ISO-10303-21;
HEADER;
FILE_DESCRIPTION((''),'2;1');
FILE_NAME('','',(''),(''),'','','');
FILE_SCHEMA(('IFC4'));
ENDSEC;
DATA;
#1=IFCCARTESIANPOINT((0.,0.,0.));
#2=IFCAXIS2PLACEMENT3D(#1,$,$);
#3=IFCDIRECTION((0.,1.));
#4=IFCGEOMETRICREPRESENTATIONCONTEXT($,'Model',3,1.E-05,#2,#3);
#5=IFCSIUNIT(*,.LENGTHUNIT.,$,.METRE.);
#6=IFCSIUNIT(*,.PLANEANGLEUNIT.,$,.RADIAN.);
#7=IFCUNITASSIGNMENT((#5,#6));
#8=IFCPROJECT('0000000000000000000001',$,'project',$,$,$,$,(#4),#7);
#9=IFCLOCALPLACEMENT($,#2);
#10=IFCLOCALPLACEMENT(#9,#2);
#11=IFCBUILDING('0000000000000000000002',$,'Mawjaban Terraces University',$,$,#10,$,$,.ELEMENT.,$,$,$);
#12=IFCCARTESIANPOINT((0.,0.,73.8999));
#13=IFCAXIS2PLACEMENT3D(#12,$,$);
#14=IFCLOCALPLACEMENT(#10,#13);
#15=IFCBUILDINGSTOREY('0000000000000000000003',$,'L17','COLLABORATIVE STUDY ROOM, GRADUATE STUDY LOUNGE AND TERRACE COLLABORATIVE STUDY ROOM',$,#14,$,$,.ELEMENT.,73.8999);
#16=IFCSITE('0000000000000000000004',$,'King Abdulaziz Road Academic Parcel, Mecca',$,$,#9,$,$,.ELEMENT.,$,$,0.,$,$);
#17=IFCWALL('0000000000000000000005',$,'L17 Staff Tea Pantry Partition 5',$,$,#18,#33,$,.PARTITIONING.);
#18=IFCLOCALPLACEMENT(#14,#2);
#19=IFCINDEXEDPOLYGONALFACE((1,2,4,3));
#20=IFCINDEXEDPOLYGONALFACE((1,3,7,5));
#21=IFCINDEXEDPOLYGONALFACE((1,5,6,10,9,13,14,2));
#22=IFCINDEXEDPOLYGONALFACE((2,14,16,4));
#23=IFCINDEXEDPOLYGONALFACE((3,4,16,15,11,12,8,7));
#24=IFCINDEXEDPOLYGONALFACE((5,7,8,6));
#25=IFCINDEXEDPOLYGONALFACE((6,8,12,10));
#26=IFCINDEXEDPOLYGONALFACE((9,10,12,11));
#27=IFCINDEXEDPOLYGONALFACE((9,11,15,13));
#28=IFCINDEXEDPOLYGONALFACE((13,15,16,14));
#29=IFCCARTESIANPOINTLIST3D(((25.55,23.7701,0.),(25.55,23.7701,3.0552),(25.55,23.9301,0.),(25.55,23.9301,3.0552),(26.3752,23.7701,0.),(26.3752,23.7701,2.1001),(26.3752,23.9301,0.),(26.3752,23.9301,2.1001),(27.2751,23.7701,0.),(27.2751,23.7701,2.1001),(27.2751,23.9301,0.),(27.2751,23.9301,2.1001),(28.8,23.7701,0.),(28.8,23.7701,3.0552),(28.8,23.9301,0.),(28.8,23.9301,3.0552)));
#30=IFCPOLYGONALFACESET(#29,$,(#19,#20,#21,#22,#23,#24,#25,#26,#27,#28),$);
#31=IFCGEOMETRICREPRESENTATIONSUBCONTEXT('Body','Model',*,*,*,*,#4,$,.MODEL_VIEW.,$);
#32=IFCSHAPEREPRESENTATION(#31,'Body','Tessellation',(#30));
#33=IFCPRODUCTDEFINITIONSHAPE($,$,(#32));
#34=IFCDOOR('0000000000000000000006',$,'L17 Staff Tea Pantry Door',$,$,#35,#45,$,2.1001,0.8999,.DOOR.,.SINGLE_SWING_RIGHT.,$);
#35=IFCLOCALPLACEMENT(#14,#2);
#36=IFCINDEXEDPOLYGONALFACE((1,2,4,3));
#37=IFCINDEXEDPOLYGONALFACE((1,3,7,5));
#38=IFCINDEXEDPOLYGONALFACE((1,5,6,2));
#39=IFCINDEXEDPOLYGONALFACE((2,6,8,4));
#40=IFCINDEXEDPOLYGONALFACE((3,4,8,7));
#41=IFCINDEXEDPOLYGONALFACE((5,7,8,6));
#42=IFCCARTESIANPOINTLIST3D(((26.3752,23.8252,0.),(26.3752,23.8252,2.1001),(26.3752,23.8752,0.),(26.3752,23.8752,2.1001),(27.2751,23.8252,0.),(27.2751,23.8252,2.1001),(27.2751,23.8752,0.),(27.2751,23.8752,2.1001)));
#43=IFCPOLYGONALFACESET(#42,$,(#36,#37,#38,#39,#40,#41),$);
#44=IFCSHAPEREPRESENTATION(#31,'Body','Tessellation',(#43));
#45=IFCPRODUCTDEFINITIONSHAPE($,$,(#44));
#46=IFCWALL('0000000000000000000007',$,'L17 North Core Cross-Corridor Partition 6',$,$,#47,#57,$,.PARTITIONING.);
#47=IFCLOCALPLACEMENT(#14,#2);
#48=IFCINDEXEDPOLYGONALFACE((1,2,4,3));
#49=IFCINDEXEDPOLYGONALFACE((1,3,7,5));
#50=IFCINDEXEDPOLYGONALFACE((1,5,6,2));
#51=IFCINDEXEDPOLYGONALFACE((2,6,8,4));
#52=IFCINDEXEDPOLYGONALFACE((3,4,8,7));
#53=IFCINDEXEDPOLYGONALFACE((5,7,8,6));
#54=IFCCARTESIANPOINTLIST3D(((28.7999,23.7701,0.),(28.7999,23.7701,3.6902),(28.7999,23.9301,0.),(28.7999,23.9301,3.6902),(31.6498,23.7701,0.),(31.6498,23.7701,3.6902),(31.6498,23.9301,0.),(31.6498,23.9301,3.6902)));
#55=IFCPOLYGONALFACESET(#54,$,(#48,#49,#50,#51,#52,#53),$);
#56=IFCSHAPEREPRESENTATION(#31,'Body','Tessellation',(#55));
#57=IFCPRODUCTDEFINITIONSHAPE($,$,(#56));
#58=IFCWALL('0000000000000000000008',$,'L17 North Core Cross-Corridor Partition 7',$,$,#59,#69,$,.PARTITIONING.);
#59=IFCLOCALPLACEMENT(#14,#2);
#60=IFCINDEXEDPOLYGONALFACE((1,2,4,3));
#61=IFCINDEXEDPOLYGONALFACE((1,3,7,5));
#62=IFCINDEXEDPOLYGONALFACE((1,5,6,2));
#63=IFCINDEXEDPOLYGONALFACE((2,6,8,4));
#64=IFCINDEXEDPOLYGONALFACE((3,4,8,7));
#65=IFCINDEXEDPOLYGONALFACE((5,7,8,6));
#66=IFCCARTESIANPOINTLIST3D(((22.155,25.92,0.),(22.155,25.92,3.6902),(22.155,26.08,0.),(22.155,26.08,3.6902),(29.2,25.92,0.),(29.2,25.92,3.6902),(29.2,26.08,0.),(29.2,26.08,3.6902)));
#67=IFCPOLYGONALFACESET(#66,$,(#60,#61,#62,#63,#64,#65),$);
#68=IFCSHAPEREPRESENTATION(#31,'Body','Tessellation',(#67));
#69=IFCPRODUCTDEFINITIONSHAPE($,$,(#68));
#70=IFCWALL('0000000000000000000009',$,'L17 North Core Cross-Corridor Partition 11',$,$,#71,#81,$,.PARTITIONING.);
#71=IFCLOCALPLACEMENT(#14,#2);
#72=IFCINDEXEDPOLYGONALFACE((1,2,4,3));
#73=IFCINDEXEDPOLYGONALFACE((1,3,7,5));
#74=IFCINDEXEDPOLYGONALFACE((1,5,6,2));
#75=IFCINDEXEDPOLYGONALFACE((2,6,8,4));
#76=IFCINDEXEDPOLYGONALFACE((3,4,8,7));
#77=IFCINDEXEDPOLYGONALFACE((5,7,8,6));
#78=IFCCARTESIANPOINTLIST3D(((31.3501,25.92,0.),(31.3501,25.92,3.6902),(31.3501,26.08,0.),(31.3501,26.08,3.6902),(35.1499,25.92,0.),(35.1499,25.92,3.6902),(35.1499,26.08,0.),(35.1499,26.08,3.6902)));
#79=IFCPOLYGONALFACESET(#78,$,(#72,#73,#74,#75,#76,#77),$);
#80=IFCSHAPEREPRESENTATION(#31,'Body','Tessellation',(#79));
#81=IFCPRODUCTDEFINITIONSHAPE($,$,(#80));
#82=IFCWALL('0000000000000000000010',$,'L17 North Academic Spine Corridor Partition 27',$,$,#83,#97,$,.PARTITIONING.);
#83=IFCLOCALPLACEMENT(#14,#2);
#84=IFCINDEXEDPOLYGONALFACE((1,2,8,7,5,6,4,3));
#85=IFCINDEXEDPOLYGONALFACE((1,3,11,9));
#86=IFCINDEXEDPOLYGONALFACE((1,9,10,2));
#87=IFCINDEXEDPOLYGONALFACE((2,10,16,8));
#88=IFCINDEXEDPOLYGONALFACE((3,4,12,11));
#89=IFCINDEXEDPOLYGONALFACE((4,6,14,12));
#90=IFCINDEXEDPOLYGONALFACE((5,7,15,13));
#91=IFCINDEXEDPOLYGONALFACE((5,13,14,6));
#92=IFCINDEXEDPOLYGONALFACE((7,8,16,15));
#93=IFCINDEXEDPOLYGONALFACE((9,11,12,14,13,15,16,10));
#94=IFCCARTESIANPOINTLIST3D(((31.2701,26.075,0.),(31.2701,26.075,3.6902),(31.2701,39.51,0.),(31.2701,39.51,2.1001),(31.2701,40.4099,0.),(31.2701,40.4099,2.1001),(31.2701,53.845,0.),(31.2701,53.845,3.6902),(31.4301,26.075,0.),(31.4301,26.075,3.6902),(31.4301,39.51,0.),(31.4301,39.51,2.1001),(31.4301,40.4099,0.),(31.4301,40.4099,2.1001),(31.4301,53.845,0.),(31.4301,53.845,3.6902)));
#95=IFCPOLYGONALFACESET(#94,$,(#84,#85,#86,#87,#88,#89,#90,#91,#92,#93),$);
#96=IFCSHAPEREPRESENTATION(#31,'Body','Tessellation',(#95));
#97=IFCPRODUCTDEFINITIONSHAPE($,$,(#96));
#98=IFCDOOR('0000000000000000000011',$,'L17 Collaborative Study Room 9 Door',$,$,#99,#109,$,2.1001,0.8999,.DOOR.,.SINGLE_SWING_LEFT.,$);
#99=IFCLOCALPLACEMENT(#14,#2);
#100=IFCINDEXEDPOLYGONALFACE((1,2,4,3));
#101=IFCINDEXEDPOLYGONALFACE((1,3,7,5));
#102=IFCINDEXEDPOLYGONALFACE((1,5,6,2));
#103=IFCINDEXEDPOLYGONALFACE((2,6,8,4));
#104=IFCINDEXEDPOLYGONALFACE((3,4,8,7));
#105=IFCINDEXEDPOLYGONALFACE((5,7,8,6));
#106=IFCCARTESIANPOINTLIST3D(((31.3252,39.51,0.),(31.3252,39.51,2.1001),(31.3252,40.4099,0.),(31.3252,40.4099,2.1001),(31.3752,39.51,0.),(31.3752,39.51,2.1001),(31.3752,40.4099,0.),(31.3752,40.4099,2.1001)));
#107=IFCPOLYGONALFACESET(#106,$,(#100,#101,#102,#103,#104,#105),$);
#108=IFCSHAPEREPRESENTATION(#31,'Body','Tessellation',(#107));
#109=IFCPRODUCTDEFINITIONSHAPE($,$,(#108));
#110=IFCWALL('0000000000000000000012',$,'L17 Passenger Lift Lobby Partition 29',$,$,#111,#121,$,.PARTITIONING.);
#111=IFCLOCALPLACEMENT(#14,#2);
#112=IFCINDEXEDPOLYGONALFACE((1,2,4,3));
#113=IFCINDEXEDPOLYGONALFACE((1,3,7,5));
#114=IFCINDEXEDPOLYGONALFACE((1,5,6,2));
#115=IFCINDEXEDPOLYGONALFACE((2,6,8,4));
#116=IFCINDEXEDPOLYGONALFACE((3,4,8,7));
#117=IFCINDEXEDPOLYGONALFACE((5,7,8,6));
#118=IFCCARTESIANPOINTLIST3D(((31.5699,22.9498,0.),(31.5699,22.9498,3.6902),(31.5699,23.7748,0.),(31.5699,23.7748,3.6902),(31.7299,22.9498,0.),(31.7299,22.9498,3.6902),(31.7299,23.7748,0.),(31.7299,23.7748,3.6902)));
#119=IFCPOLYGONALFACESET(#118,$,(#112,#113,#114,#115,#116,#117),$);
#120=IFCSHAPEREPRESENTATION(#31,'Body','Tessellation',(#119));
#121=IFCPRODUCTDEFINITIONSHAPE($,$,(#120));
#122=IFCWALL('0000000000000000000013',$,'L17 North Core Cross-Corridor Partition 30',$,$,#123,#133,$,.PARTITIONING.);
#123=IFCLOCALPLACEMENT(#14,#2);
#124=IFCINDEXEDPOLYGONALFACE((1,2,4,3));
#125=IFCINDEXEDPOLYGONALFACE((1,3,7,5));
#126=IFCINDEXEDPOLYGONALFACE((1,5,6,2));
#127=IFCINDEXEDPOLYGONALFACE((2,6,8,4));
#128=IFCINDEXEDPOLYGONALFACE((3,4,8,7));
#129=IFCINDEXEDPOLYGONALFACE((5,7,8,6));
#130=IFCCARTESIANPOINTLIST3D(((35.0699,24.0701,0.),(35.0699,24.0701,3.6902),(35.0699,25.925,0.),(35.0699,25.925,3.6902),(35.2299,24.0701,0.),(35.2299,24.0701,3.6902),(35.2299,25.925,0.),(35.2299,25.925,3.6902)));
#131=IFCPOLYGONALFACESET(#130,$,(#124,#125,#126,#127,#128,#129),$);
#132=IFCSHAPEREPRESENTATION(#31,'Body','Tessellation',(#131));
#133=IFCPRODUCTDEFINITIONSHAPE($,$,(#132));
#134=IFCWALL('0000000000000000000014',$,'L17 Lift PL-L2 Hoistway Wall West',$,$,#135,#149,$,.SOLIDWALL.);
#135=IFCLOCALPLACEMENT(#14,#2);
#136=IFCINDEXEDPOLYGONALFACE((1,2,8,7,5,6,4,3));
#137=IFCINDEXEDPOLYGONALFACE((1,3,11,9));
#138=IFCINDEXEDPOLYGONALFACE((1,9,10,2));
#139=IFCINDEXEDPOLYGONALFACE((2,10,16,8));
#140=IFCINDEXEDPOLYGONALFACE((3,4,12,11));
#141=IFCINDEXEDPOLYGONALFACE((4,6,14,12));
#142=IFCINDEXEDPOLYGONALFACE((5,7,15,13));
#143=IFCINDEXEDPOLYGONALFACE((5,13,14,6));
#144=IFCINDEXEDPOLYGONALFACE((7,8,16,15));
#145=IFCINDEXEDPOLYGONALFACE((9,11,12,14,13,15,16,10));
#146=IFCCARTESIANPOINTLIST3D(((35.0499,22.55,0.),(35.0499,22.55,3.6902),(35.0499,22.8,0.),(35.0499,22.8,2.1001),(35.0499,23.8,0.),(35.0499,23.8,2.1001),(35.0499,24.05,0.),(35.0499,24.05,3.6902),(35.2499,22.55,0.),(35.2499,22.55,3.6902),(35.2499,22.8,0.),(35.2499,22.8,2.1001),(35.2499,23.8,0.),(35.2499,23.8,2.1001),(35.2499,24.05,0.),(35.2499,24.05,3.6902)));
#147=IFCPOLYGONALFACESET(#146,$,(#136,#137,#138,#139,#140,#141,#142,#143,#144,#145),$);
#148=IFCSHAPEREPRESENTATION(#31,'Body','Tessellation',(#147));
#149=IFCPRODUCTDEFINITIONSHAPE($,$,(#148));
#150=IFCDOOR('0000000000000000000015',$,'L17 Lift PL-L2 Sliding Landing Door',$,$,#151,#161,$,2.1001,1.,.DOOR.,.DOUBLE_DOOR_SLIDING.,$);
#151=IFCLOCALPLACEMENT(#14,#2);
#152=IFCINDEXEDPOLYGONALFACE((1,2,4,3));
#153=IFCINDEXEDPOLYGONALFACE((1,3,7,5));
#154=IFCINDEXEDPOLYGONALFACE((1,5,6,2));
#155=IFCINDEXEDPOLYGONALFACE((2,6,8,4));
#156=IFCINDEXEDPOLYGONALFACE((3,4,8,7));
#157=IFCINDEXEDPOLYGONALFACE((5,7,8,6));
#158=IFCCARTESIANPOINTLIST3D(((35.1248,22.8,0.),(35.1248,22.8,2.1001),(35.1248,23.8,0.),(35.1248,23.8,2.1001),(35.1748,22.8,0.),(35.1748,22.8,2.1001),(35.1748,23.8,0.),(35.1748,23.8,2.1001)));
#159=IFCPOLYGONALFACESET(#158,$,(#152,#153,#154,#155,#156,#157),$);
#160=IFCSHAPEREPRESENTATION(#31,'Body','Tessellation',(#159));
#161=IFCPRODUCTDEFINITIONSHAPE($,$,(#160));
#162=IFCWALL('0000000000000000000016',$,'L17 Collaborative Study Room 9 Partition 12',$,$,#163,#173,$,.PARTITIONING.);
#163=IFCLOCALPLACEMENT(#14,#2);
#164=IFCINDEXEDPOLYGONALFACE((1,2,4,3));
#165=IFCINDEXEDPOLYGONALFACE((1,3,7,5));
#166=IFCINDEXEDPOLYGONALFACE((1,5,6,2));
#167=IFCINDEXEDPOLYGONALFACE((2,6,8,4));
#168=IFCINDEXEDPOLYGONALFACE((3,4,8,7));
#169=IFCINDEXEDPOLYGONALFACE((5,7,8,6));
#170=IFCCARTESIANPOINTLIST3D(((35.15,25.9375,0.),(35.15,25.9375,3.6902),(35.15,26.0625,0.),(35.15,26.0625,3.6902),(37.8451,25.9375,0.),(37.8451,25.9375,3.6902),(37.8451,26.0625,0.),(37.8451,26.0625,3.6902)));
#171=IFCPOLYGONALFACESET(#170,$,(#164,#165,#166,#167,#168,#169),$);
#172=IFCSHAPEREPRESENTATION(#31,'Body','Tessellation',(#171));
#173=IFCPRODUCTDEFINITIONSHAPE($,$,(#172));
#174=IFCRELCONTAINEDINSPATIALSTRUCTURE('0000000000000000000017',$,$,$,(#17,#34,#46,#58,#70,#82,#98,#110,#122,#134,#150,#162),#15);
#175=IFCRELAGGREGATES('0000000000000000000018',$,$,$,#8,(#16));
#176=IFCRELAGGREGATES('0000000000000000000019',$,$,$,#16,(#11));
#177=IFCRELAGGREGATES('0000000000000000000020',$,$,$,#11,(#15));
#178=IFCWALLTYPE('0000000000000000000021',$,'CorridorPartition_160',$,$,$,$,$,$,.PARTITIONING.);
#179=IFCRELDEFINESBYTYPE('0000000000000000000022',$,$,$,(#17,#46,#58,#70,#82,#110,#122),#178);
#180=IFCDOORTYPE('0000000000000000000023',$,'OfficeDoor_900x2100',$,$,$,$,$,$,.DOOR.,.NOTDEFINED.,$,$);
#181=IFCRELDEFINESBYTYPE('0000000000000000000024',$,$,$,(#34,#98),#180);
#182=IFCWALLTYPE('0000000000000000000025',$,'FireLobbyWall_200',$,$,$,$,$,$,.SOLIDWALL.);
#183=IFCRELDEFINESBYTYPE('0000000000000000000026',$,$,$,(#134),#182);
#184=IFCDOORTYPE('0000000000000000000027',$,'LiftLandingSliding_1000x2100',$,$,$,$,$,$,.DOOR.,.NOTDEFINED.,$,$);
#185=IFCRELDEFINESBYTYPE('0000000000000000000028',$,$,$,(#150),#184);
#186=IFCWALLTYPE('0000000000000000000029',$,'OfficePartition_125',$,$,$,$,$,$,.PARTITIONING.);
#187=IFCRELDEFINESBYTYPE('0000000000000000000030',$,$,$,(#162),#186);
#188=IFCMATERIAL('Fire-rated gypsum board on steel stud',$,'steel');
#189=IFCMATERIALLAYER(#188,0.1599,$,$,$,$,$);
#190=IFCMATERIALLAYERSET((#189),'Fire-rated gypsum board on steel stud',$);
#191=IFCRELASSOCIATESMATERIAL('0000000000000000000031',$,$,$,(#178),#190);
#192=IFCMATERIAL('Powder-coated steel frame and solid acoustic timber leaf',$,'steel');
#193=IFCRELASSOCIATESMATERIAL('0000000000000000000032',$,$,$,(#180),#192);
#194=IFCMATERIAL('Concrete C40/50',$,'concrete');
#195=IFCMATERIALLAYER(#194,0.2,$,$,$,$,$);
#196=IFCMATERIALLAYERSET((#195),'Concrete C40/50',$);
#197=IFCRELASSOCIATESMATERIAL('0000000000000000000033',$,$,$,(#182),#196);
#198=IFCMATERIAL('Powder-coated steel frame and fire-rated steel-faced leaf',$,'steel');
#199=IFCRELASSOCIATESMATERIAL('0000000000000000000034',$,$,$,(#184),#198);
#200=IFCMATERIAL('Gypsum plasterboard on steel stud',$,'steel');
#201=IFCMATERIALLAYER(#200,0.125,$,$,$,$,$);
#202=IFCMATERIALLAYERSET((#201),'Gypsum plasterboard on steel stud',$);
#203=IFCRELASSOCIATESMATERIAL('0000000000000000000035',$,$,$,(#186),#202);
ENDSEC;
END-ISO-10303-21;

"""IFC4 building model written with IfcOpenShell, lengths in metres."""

from ifc_helpers import new_model, si_unit, direction, frame, frame_2d, origin, place, context, subcontext, project, spatial, rectangle, extrude, material, layer, layer_set, type_object, element, fill, save


model = new_model("IFC4")

# Units and contexts
model_context = context("Model", 3, precision=1e-05, world=origin(), true_north=direction((0.0, 1.0)))
body_context = subcontext(model_context, "Body", "Model", "MODEL_VIEW")
ifc_project = project(units=[si_unit("LENGTHUNIT", "METRE"), si_unit("PLANEANGLEUNIT", "RADIAN")], contexts=[model_context])

# Site, building, storey
site_placement = place(None, origin())
site = spatial("IfcSite", under=ifc_project, at=site_placement, Name="King Abdulaziz Road Academic Parcel, Mecca", CompositionType="ELEMENT", RefElevation=0.0)
building_placement = place(site_placement, origin())
building = spatial("IfcBuilding", under=site, at=building_placement, Name="Mawjaban Terraces University", CompositionType="ELEMENT")
storey_placement = place(building_placement, frame((0.0, 0.0, 73.8999)))
storey = spatial("IfcBuildingStorey", under=building, at=storey_placement, Name="L17", Description="COLLABORATIVE STUDY ROOM, GRADUATE STUDY LOUNGE AND TERRACE COLLABORATIVE STUDY ROOM", CompositionType="ELEMENT", Elevation=73.8999)

# Wall, opening, door
ifc_material_1 = material(Name="Fire-rated gypsum board on steel stud", Category="steel")
ifc_layer_1 = layer(ifc_material_1, 0.1599)
ifc_layer_set_1 = layer_set([ifc_layer_1], Name="Fire-rated gypsum board on steel stud")
wall_type_1 = type_object("IfcWallType", Name="CorridorPartition_160", PredefinedType="PARTITIONING", material=ifc_layer_set_1)
ifc_material_2 = material(Name="Powder-coated steel frame and solid acoustic timber leaf", Category="steel")
wall_1_placement = place(storey_placement, frame((28.8, 23.8501, 0.0), z_axis=(0.0, 0.0, 1.0), x_axis=(-1.0, 0.0, 0.0)))
wall_1 = element("IfcWall", 1, at=wall_1_placement, inside=storey, type_object=wall_type_1, Name="L17 Staff Tea Pantry Partition 5", PredefinedType="PARTITIONING", context=body_context, shape_type="SweptSolid", body=[
    extrude(rectangle(XDim=3.25, YDim=0.1599, at=frame_2d((1.625, 0.0))), origin(), (0.0, 0.0, 1.0), 3.0552),
])
opening_1_placement = place(wall_1_placement, frame((1.5249, 0.0, 0.0)))
opening_1 = element("IfcOpeningElement", 2, at=opening_1_placement, cuts=wall_1, PredefinedType="OPENING", context=body_context, shape_type="SweptSolid", body=[
    extrude(rectangle(XDim=0.8999, YDim=2.1001, at=frame_2d((0.45, 1.05))), frame((0.0, 0.0898, 0.0), z_axis=(0.0, -1.0, 0.0), x_axis=(1.0, 0.0, 0.0)), (0.0, 0.0, 1.0), 0.1799),
])
door_type_1 = type_object("IfcDoorType", Name="OfficeDoor_900x2100", OperationType="NOTDEFINED", PredefinedType="DOOR", material=ifc_material_2)
door_1_placement = place(opening_1_placement, origin())
door_1 = element("IfcDoor", 3, at=door_1_placement, inside=storey, type_object=door_type_1, Name="L17 Staff Tea Pantry Door", OperationType="SINGLE_SWING_RIGHT", OverallHeight=2.1001, OverallWidth=0.8999, PredefinedType="DOOR", context=body_context, shape_type="SweptSolid", body=[
    extrude(rectangle(XDim=0.8999, YDim=2.1001, at=frame_2d((0.45, 1.05))), frame((0.0, 0.0249, 0.0), z_axis=(0.0, -1.0, 0.0), x_axis=(1.0, 0.0, 0.0)), (0.0, 0.0, 1.0), 0.05),
])
fill(opening_1, door_1)

# Walls
wall_2_placement = place(storey_placement, frame((28.8, 23.8501, 0.0), z_axis=(0.0, 0.0, 1.0), x_axis=(1.0, 0.0, 0.0)))
element("IfcWall", 4, at=wall_2_placement, inside=storey, type_object=wall_type_1, Name="L17 North Core Cross-Corridor Partition 6", PredefinedType="PARTITIONING", context=body_context, shape_type="SweptSolid", body=[
    extrude(rectangle(XDim=2.8499, YDim=0.1599, at=frame_2d((1.4248, 0.0))), origin(), (0.0, 0.0, 1.0), 3.6902),
])
wall_3_placement = place(storey_placement, frame((29.2, 26.0, 0.0), z_axis=(0.0, 0.0, 1.0), x_axis=(-1.0, 0.0, 0.0)))
element("IfcWall", 5, at=wall_3_placement, inside=storey, type_object=wall_type_1, Name="L17 North Core Cross-Corridor Partition 7", PredefinedType="PARTITIONING", context=body_context, shape_type="SweptSolid", body=[
    extrude(rectangle(XDim=7.0449, YDim=0.1599, at=frame_2d((3.5225, 0.0))), origin(), (0.0, 0.0, 1.0), 3.6902),
])
wall_4_placement = place(storey_placement, frame((35.1499, 26.0, 0.0), z_axis=(0.0, 0.0, 1.0), x_axis=(-1.0, 0.0, 0.0)))
element("IfcWall", 6, at=wall_4_placement, inside=storey, type_object=wall_type_1, Name="L17 North Core Cross-Corridor Partition 11", PredefinedType="PARTITIONING", context=body_context, shape_type="SweptSolid", body=[
    extrude(rectangle(XDim=3.7998, YDim=0.1599, at=frame_2d((1.8999, 0.0))), origin(), (0.0, 0.0, 1.0), 3.6902),
])

# Wall, opening, door
wall_5_placement = place(storey_placement, frame((31.3501, 26.075, 0.0), z_axis=(0.0, 0.0, 1.0), x_axis=(0.0, 1.0, 0.0)))
wall_5 = element("IfcWall", 7, at=wall_5_placement, inside=storey, type_object=wall_type_1, Name="L17 North Academic Spine Corridor Partition 27", PredefinedType="PARTITIONING", context=body_context, shape_type="SweptSolid", body=[
    extrude(rectangle(XDim=27.77, YDim=0.1599, at=frame_2d((13.885, 0.0))), origin(), (0.0, 0.0, 1.0), 3.6902),
])
opening_2_placement = place(wall_5_placement, frame((13.4351, 0.0, 0.0)))
opening_2 = element("IfcOpeningElement", 8, at=opening_2_placement, cuts=wall_5, PredefinedType="OPENING", context=body_context, shape_type="SweptSolid", body=[
    extrude(rectangle(XDim=0.8999, YDim=2.1001, at=frame_2d((0.45, 1.05))), frame((0.0, 0.0898, 0.0), z_axis=(0.0, -1.0, 0.0), x_axis=(1.0, 0.0, 0.0)), (0.0, 0.0, 1.0), 0.1799),
])
door_2_placement = place(opening_2_placement, origin())
door_2 = element("IfcDoor", 9, at=door_2_placement, inside=storey, type_object=door_type_1, Name="L17 Collaborative Study Room 9 Door", OperationType="SINGLE_SWING_LEFT", OverallHeight=2.1001, OverallWidth=0.8999, PredefinedType="DOOR", context=body_context, shape_type="SweptSolid", body=[
    extrude(rectangle(XDim=0.8999, YDim=2.1001, at=frame_2d((0.45, 1.05))), frame((0.0, 0.0249, 0.0), z_axis=(0.0, -1.0, 0.0), x_axis=(1.0, 0.0, 0.0)), (0.0, 0.0, 1.0), 0.05),
])
fill(opening_2, door_2)

# Walls
wall_6_placement = place(storey_placement, frame((31.6499, 23.7749, 0.0), z_axis=(0.0, 0.0, 1.0), x_axis=(0.0, -1.0, 0.0)))
element("IfcWall", 10, at=wall_6_placement, inside=storey, type_object=wall_type_1, Name="L17 Passenger Lift Lobby Partition 29", PredefinedType="PARTITIONING", context=body_context, shape_type="SweptSolid", body=[
    extrude(rectangle(XDim=0.825, YDim=0.1599, at=frame_2d((0.4126, 0.0))), origin(), (0.0, 0.0, 1.0), 3.6902),
])
wall_7_placement = place(storey_placement, frame((35.1499, 24.0701, 0.0), z_axis=(0.0, 0.0, 1.0), x_axis=(0.0, 1.0, 0.0)))
element("IfcWall", 11, at=wall_7_placement, inside=storey, type_object=wall_type_1, Name="L17 North Core Cross-Corridor Partition 30", PredefinedType="PARTITIONING", context=body_context, shape_type="SweptSolid", body=[
    extrude(rectangle(XDim=1.855, YDim=0.1599, at=frame_2d((0.9275, 0.0))), origin(), (0.0, 0.0, 1.0), 3.6902),
])

# Wall, opening, door
ifc_material_3 = material(Name="Concrete C40/50", Category="concrete")
ifc_layer_2 = layer(ifc_material_3, 0.2)
ifc_layer_set_2 = layer_set([ifc_layer_2], Name="Concrete C40/50")
wall_type_2 = type_object("IfcWallType", Name="FireLobbyWall_200", PredefinedType="SOLIDWALL", material=ifc_layer_set_2)
wall_8_placement = place(storey_placement, frame((35.1499, 24.05, 0.0), z_axis=(0.0, 0.0, 1.0), x_axis=(0.0, -1.0, 0.0)))
wall_8 = element("IfcWall", 12, at=wall_8_placement, inside=storey, type_object=wall_type_2, Name="L17 Lift PL-L2 Hoistway Wall West", PredefinedType="SOLIDWALL", context=body_context, shape_type="SweptSolid", body=[
    extrude(rectangle(XDim=1.5, YDim=0.2, at=frame_2d((0.75, 0.0))), origin(), (0.0, 0.0, 1.0), 3.6902),
])
opening_3_placement = place(wall_8_placement, frame((0.25, 0.0, 0.0)))
opening_3 = element("IfcOpeningElement", 13, at=opening_3_placement, cuts=wall_8, PredefinedType="OPENING", context=body_context, shape_type="SweptSolid", body=[
    extrude(rectangle(XDim=1.0, YDim=2.1001, at=frame_2d((0.5, 1.05))), frame((0.0, 0.1099, 0.0), z_axis=(0.0, -1.0, 0.0), x_axis=(1.0, 0.0, 0.0)), (0.0, 0.0, 1.0), 0.22),
])
ifc_material_4 = material(Name="Powder-coated steel frame and fire-rated steel-faced leaf", Category="steel")
door_type_2 = type_object("IfcDoorType", Name="LiftLandingSliding_1000x2100", OperationType="NOTDEFINED", PredefinedType="DOOR", material=ifc_material_4)
door_3_placement = place(opening_3_placement, origin())
door_3 = element("IfcDoor", 14, at=door_3_placement, inside=storey, type_object=door_type_2, Name="L17 Lift PL-L2 Sliding Landing Door", OperationType="DOUBLE_DOOR_SLIDING", OverallHeight=2.1001, OverallWidth=1.0, PredefinedType="DOOR", context=body_context, shape_type="SweptSolid", body=[
    extrude(rectangle(XDim=1.0, YDim=2.1001, at=frame_2d((0.5, 1.05))), frame((0.0, 0.0249, 0.0), z_axis=(0.0, -1.0, 0.0), x_axis=(1.0, 0.0, 0.0)), (0.0, 0.0, 1.0), 0.05),
])
fill(opening_3, door_3)

# Wall
ifc_material_5 = material(Name="Gypsum plasterboard on steel stud", Category="steel")
ifc_layer_3 = layer(ifc_material_5, 0.125)
ifc_layer_set_3 = layer_set([ifc_layer_3], Name="Gypsum plasterboard on steel stud")
wall_type_3 = type_object("IfcWallType", Name="OfficePartition_125", PredefinedType="PARTITIONING", material=ifc_layer_set_3)
wall_9_placement = place(storey_placement, frame((35.1499, 26.0, 0.0), z_axis=(0.0, 0.0, 1.0), x_axis=(1.0, 0.0, 0.0)))
element("IfcWall", 15, at=wall_9_placement, inside=storey, type_object=wall_type_3, Name="L17 Collaborative Study Room 9 Partition 12", PredefinedType="PARTITIONING", context=body_context, shape_type="SweptSolid", body=[
    extrude(rectangle(XDim=2.6951, YDim=0.125, at=frame_2d((1.3477, 0.0))), origin(), (0.0, 0.0, 1.0), 3.6902),
])

save(model, "model.ifc")
